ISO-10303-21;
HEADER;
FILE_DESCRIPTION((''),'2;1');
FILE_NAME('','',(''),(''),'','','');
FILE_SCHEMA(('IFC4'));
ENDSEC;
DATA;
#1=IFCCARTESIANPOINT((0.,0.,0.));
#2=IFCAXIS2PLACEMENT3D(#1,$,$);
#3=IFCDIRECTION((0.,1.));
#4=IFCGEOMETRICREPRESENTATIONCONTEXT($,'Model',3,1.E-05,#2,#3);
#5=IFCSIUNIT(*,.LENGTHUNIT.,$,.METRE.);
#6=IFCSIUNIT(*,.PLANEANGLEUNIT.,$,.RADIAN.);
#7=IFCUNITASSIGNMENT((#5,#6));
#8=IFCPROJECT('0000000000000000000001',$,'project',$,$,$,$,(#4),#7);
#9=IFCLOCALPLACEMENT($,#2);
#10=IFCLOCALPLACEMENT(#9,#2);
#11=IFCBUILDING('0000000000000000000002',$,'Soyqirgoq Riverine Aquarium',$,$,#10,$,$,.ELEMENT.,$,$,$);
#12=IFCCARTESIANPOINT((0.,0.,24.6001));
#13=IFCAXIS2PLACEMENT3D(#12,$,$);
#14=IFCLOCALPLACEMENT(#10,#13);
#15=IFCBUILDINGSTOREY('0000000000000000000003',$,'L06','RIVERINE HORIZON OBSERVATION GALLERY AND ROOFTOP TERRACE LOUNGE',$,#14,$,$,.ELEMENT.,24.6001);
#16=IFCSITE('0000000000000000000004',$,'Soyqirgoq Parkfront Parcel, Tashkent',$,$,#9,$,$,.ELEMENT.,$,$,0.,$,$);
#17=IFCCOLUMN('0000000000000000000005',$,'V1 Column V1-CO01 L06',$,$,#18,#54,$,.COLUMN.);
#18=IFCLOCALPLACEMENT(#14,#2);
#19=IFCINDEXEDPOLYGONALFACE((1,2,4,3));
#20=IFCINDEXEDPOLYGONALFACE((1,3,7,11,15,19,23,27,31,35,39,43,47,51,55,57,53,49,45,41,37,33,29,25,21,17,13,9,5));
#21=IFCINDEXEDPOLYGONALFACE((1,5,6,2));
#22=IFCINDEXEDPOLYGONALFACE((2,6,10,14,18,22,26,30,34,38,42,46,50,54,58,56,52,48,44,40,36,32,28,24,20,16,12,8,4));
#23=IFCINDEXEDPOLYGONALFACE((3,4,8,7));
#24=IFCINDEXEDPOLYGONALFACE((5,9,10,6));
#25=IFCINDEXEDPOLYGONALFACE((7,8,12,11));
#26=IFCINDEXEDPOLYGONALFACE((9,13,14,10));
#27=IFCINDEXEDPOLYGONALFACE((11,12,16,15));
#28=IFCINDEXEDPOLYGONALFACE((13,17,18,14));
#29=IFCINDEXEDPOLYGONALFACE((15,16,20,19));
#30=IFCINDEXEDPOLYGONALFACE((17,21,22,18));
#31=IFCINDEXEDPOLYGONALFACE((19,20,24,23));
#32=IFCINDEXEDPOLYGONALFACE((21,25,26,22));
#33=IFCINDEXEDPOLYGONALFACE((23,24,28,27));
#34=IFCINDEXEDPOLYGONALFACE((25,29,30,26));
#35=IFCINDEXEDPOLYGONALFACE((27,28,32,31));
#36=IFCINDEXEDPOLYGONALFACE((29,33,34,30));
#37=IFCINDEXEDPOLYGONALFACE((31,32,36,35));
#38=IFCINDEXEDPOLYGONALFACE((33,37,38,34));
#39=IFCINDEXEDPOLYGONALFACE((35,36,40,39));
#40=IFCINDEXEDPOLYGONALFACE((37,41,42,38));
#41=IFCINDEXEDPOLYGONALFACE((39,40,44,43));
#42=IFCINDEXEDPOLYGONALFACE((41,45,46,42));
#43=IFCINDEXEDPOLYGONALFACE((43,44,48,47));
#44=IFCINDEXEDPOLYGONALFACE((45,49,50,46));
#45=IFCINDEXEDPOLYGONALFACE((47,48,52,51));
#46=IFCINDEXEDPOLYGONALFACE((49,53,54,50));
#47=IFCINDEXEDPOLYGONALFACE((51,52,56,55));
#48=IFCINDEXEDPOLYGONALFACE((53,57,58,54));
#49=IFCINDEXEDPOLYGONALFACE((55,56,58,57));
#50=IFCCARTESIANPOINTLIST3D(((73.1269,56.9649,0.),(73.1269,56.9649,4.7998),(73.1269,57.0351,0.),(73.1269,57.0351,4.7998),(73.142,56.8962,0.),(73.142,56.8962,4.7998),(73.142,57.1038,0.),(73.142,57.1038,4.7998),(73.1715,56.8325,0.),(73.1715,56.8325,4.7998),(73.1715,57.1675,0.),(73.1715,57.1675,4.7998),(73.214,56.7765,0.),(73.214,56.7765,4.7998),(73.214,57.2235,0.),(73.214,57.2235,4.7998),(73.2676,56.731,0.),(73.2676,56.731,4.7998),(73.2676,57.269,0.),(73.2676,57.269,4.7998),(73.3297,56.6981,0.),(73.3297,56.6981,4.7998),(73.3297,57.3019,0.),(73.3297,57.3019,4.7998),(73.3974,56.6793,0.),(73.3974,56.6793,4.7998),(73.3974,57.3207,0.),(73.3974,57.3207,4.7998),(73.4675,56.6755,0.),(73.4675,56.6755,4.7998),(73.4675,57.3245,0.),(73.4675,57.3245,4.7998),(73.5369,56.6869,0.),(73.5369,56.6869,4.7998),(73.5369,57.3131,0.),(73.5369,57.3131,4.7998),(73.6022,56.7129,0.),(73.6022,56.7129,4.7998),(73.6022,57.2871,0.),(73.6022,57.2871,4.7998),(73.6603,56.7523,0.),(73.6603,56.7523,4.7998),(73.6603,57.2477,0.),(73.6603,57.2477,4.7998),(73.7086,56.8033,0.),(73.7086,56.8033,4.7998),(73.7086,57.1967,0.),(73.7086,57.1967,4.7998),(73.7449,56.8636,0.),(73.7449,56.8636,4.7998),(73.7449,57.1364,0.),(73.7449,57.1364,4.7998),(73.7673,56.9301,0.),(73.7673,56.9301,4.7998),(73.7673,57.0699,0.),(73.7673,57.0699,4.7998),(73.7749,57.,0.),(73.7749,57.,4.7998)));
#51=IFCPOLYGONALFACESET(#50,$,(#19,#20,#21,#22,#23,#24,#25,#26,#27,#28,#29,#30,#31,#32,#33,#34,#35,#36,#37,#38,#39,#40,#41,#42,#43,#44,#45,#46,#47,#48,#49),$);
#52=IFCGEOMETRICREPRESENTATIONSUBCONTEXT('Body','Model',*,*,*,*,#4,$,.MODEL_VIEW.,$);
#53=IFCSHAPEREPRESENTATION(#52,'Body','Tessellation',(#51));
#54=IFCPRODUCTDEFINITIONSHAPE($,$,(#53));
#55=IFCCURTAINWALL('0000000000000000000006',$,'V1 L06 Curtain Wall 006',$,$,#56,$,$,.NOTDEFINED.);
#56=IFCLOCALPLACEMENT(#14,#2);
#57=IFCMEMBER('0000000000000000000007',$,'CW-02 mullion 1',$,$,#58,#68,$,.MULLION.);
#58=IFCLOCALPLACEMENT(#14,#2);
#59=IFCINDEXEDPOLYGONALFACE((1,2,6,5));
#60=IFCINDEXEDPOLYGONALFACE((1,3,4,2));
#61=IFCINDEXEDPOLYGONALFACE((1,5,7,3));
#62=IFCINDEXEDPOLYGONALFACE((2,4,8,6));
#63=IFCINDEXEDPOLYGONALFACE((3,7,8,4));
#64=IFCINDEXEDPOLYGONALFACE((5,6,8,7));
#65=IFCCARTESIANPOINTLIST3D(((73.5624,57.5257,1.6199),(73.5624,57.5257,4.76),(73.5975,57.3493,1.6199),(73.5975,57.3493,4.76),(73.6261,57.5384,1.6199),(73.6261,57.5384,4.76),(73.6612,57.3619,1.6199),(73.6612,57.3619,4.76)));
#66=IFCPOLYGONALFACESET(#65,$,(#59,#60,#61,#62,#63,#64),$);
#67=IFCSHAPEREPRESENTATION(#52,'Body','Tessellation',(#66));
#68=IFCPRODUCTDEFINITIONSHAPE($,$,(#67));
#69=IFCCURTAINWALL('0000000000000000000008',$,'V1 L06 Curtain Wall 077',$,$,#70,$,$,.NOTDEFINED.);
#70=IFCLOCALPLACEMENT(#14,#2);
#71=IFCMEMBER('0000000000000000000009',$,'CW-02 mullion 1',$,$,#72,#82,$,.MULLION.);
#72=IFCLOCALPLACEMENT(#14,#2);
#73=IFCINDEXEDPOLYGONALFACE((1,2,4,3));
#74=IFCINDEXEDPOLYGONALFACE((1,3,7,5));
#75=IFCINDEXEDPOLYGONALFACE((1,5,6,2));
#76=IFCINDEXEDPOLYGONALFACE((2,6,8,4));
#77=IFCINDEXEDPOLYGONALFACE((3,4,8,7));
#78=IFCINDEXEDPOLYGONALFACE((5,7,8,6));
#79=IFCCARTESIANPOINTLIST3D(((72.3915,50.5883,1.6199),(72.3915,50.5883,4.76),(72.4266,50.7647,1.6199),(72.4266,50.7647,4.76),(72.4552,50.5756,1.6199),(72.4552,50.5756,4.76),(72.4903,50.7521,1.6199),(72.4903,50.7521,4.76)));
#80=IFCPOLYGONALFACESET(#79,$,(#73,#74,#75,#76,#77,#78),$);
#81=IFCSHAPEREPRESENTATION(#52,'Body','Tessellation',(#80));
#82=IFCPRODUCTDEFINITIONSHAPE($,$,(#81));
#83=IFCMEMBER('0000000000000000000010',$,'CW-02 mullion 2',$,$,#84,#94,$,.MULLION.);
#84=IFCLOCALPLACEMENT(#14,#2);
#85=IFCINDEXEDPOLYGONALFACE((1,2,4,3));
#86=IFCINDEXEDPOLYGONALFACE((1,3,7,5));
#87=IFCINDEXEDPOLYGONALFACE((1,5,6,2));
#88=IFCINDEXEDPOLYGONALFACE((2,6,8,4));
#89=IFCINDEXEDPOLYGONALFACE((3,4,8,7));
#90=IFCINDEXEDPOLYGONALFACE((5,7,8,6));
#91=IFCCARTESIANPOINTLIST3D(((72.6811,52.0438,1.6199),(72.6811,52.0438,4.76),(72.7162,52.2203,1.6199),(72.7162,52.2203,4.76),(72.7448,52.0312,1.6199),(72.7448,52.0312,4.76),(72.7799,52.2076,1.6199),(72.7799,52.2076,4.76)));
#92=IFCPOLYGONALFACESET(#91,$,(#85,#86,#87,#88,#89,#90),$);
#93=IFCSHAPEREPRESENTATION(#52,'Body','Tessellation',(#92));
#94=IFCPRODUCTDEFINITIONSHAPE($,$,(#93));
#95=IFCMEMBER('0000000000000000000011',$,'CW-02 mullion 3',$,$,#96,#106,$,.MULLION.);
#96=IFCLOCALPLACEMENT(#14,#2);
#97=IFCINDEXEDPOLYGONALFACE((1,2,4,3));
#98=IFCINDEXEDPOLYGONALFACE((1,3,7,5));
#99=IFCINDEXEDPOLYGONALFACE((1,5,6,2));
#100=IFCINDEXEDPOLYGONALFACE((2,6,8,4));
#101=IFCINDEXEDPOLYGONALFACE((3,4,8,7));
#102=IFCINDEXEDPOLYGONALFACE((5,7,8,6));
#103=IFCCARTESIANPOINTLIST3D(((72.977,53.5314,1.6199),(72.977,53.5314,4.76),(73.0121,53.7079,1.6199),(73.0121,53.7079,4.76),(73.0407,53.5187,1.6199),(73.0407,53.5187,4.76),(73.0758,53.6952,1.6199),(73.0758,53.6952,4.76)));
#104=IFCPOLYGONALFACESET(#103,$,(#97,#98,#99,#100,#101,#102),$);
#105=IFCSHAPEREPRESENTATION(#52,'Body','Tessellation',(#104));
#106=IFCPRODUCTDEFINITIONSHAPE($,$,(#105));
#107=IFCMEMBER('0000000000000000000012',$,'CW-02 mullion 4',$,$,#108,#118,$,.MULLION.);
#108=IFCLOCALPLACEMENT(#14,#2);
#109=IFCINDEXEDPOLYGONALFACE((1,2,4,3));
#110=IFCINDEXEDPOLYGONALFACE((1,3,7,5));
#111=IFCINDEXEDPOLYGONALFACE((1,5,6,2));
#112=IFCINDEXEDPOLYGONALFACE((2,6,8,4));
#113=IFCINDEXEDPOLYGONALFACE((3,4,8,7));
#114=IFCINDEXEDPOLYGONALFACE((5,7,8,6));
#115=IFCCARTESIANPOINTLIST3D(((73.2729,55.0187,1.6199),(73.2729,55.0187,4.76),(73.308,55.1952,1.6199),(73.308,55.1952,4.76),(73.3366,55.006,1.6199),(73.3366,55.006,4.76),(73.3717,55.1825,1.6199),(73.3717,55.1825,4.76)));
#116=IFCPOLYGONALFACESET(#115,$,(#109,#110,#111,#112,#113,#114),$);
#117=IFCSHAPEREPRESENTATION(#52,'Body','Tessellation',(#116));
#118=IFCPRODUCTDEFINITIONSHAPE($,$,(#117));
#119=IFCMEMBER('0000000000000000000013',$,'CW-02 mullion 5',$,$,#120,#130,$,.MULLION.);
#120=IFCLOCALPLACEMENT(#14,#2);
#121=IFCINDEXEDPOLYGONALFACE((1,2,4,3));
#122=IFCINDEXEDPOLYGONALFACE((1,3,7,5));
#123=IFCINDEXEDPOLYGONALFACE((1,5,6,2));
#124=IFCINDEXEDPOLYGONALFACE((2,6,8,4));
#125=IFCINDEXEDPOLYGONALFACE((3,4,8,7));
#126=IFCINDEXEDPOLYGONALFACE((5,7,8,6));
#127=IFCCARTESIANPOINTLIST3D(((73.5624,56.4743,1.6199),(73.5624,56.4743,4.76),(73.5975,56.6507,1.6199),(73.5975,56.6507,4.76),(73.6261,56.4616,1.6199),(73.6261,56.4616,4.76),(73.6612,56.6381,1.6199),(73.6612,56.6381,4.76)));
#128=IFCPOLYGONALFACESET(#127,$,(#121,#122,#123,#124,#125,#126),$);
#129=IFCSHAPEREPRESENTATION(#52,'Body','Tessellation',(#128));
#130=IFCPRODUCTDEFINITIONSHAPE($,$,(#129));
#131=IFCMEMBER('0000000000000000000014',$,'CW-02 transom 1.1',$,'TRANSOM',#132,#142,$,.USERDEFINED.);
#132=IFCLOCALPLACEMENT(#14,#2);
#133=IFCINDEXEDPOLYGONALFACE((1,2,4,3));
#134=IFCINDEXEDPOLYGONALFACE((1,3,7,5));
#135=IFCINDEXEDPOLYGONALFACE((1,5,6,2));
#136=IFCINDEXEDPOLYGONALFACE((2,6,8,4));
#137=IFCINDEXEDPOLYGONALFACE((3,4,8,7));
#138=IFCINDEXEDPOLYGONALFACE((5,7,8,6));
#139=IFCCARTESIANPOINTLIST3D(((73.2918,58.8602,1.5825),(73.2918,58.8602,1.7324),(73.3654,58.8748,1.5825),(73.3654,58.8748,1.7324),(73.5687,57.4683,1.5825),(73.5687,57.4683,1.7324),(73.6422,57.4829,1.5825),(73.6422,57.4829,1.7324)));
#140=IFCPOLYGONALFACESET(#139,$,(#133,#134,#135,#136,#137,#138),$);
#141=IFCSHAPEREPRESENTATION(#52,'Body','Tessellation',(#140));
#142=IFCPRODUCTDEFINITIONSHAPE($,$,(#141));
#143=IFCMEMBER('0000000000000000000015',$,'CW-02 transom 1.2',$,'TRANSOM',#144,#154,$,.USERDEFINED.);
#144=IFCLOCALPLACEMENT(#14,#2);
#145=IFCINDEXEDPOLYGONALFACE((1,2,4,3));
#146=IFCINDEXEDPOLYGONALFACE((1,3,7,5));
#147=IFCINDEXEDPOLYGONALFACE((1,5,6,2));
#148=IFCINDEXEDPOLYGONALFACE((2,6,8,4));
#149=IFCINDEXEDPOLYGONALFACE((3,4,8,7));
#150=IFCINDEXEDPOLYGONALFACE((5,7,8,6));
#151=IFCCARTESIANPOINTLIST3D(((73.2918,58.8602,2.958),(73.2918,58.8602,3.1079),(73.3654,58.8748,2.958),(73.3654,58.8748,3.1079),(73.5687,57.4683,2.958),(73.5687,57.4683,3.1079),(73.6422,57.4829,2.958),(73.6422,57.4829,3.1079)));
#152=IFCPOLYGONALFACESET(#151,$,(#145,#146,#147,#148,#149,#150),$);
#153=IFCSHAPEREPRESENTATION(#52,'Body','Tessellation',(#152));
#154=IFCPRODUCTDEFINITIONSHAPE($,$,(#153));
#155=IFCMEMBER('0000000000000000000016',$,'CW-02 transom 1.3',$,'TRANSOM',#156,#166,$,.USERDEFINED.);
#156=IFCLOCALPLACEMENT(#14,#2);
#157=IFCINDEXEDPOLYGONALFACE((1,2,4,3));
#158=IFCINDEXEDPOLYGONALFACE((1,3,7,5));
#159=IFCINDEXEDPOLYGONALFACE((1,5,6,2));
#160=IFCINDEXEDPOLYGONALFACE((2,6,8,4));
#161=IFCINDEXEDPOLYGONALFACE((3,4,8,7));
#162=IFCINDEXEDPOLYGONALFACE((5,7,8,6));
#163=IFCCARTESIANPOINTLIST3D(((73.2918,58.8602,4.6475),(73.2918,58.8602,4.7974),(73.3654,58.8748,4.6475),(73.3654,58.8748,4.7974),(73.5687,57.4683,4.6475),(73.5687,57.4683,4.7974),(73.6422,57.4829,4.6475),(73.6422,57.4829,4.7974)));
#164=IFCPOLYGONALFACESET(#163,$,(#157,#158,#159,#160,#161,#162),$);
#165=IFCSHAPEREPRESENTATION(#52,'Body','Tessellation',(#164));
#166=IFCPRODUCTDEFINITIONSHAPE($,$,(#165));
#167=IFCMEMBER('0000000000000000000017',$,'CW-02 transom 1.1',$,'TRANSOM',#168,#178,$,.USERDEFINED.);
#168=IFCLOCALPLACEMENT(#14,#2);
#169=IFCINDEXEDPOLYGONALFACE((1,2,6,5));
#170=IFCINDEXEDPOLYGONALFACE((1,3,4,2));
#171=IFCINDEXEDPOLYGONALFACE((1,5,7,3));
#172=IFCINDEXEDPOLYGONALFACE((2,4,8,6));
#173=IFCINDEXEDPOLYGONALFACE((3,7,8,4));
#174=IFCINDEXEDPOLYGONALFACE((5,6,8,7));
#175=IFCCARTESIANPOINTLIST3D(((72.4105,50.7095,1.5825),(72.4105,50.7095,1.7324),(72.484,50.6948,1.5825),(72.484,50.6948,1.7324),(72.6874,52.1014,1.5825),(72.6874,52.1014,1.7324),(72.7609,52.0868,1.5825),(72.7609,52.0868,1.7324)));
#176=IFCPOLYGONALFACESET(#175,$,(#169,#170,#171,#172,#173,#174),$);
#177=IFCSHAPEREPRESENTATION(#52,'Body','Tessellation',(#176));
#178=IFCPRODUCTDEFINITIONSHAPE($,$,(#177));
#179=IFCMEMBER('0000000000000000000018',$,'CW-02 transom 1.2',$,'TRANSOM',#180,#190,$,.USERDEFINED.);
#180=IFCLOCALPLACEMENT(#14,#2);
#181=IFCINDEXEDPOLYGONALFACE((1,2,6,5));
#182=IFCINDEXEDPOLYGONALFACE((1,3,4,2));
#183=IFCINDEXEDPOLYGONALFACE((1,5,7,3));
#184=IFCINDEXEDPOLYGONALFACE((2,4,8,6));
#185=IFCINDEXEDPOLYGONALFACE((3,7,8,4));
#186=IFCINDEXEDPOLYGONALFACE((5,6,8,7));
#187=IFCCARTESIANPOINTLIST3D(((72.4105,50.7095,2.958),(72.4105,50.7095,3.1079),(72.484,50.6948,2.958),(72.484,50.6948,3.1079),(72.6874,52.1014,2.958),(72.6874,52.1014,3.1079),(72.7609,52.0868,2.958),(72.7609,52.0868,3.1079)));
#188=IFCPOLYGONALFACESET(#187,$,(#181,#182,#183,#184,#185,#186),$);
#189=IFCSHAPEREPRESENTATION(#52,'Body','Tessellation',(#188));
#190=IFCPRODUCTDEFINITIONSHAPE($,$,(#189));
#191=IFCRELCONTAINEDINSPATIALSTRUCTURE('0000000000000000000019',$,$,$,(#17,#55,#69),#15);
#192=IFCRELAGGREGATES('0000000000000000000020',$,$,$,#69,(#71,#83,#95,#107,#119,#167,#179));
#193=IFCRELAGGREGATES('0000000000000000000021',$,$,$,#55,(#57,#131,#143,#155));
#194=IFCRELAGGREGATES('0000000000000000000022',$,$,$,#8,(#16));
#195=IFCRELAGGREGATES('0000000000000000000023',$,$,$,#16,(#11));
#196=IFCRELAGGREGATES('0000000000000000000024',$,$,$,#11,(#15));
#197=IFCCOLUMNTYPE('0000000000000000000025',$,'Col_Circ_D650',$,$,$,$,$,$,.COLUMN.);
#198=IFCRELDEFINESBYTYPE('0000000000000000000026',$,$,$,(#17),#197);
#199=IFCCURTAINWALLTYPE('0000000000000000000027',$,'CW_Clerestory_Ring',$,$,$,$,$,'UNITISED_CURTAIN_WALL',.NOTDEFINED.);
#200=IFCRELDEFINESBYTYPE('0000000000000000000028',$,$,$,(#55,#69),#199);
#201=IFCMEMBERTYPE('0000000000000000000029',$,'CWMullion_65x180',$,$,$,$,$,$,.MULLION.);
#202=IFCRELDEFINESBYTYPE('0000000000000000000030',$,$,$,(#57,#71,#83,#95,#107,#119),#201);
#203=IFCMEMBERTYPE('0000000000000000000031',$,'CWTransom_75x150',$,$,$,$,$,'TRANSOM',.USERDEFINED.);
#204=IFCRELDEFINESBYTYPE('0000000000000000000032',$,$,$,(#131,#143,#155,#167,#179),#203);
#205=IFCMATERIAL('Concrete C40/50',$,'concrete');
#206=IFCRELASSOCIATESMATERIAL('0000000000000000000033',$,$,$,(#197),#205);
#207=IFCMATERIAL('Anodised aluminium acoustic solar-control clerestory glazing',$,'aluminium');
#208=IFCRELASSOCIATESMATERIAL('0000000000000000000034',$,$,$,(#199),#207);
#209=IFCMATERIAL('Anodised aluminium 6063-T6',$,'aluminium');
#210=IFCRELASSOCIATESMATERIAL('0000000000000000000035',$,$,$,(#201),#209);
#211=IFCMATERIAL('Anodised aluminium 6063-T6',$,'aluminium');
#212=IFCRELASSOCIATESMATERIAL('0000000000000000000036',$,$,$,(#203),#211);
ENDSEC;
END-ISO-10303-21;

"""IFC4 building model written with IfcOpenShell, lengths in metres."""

from ifc_helpers import new_model, si_unit, direction, frame, origin, origin_2d, place, context, subcontext, project, spatial, rectangle, circle, extrude, material, material_profile, profile_set, type_object, element, aggregate, save


model = new_model("IFC4")

# Units and contexts
model_context = context("Model", 3, precision=1e-05, world=origin(), true_north=direction((0.0, 1.0)))
body_context = subcontext(model_context, "Body", "Model", "MODEL_VIEW")
ifc_project = project(units=[si_unit("LENGTHUNIT", "METRE"), si_unit("PLANEANGLEUNIT", "RADIAN")], contexts=[model_context])

# Site, building, storey
site_placement = place(None, origin())
site = spatial("IfcSite", under=ifc_project, at=site_placement, Name="Soyqirgoq Parkfront Parcel, Tashkent", CompositionType="ELEMENT", RefElevation=0.0)
building_placement = place(site_placement, origin())
building = spatial("IfcBuilding", under=site, at=building_placement, Name="Soyqirgoq Riverine Aquarium", CompositionType="ELEMENT")
storey_placement = place(building_placement, frame((0.0, 0.0, 24.6001)))
storey = spatial("IfcBuildingStorey", under=building, at=storey_placement, Name="L06", Description="RIVERINE HORIZON OBSERVATION GALLERY AND ROOFTOP TERRACE LOUNGE", CompositionType="ELEMENT", Elevation=24.6001)

# Column
ifc_material_1 = material(Name="Concrete C40/50", Category="concrete")
ifc_material_profile_1 = material_profile(ifc_material_1, circle(Radius=0.325, at=origin_2d()), Name="RC-COL D650")
ifc_profile_set_1 = profile_set([ifc_material_profile_1], Name="Concrete C40/50")
column_type = type_object("IfcColumnType", Name="Col_Circ_D650", PredefinedType="COLUMN", material=ifc_profile_set_1)
column_placement = place(storey_placement, frame((73.45, 57.0, 0.0), z_axis=(0.0, 0.0, 1.0), x_axis=(1.0, 0.0, 0.0)))
element("IfcColumn", 1, at=column_placement, inside=storey, type_object=column_type, Name="V1 Column V1-CO01 L06", PredefinedType="COLUMN", context=body_context, shape_type="SweptSolid", body=[
    extrude(circle(Radius=0.325, at=origin_2d()), origin(), (0.0, 0.0, 1.0), 4.7998),
])

# Curtain wall, member
ifc_material_2 = material(Name="Anodised aluminium acoustic solar-control clerestory glazing", Category="aluminium")
curtain_wall_type = type_object("IfcCurtainWallType", Name="CW_Clerestory_Ring", ElementType="UNITISED_CURTAIN_WALL", PredefinedType="NOTDEFINED", material=ifc_material_2)
curtain_wall_1_placement = place(storey_placement, origin())
curtain_wall_1 = element("IfcCurtainWall", 2, at=curtain_wall_1_placement, inside=storey, type_object=curtain_wall_type, Name="V1 L06 Curtain Wall 006", PredefinedType="NOTDEFINED")
ifc_material_3 = material(Name="Anodised aluminium 6063-T6", Category="aluminium")
ifc_material_profile_2 = material_profile(ifc_material_3, rectangle(XDim=0.0649, YDim=0.1799, at=origin_2d()), Name="ALU-M 65x180")
ifc_profile_set_2 = profile_set([ifc_material_profile_2], Name="Anodised aluminium 6063-T6")
member_type_1 = type_object("IfcMemberType", Name="CWMullion_65x180", PredefinedType="MULLION", material=ifc_profile_set_2)
member_1_placement = place(storey_placement, frame((73.6118, 57.4438, 1.6199), z_axis=(0.0, 0.0, 1.0), x_axis=(-0.980784, -0.195095, 0.0)))
member_1 = element("IfcMember", 3, at=member_1_placement, type_object=member_type_1, Name="CW-02 mullion 1", PredefinedType="MULLION", context=body_context, shape_type="SweptSolid", body=[
    extrude(rectangle(XDim=0.0649, YDim=0.1799, at=origin_2d()), origin(), (0.0, 0.0, 1.0), 3.1401),
])

# Curtain wall, members
curtain_wall_2_placement = place(storey_placement, origin())
curtain_wall_2 = element("IfcCurtainWall", 4, at=curtain_wall_2_placement, inside=storey, type_object=curtain_wall_type, Name="V1 L06 Curtain Wall 077", PredefinedType="NOTDEFINED")
member_2_placement = place(storey_placement, frame((72.4409, 50.6702, 1.6199), z_axis=(0.0, 0.0, 1.0), x_axis=(-0.980784, 0.195095, 0.0)))
member_2 = element("IfcMember", 5, at=member_2_placement, type_object=member_type_1, Name="CW-02 mullion 1", PredefinedType="MULLION", context=body_context, shape_type="SweptSolid", body=[
    extrude(rectangle(XDim=0.0649, YDim=0.1799, at=origin_2d()), origin(), (0.0, 0.0, 1.0), 3.1401),
])
member_3_placement = place(storey_placement, frame((72.7305, 52.1257, 1.6199), z_axis=(0.0, 0.0, 1.0), x_axis=(-0.980784, 0.195095, 0.0)))
member_3 = element("IfcMember", 6, at=member_3_placement, type_object=member_type_1, Name="CW-02 mullion 2", PredefinedType="MULLION", context=body_context, shape_type="SweptSolid", body=[
    extrude(rectangle(XDim=0.0649, YDim=0.1799, at=origin_2d()), origin(), (0.0, 0.0, 1.0), 3.1401),
])
member_4_placement = place(storey_placement, frame((73.0264, 53.6133, 1.6199), z_axis=(0.0, 0.0, 1.0), x_axis=(-0.980784, 0.195095, 0.0)))
member_4 = element("IfcMember", 7, at=member_4_placement, type_object=member_type_1, Name="CW-02 mullion 3", PredefinedType="MULLION", context=body_context, shape_type="SweptSolid", body=[
    extrude(rectangle(XDim=0.0649, YDim=0.1799, at=origin_2d()), origin(), (0.0, 0.0, 1.0), 3.1401),
])
member_5_placement = place(storey_placement, frame((73.3223, 55.1006, 1.6199), z_axis=(0.0, 0.0, 1.0), x_axis=(-0.980784, 0.195095, 0.0)))
member_5 = element("IfcMember", 8, at=member_5_placement, type_object=member_type_1, Name="CW-02 mullion 4", PredefinedType="MULLION", context=body_context, shape_type="SweptSolid", body=[
    extrude(rectangle(XDim=0.0649, YDim=0.1799, at=origin_2d()), origin(), (0.0, 0.0, 1.0), 3.1401),
])
member_6_placement = place(storey_placement, frame((73.6118, 56.5562, 1.6199), z_axis=(0.0, 0.0, 1.0), x_axis=(-0.980784, 0.195095, 0.0)))
member_6 = element("IfcMember", 9, at=member_6_placement, type_object=member_type_1, Name="CW-02 mullion 5", PredefinedType="MULLION", context=body_context, shape_type="SweptSolid", body=[
    extrude(rectangle(XDim=0.0649, YDim=0.1799, at=origin_2d()), origin(), (0.0, 0.0, 1.0), 3.1401),
])

# Members
ifc_material_4 = material(Name="Anodised aluminium 6063-T6", Category="aluminium")
ifc_material_profile_3 = material_profile(ifc_material_4, rectangle(XDim=0.075, YDim=0.1499, at=origin_2d()), Name="ALU-T 75x150")
ifc_profile_set_3 = profile_set([ifc_material_profile_3], Name="Anodised aluminium 6063-T6")
member_type_2 = type_object("IfcMemberType", Name="CWTransom_75x150", ElementType="TRANSOM", PredefinedType="USERDEFINED", material=ifc_profile_set_3)
member_7_placement = place(storey_placement, frame((73.6055, 57.4756, 1.6575), z_axis=(-0.19509, 0.980785, 0.0), x_axis=(-0.980785, -0.19509, 0.0)))
member_7 = element("IfcMember", 10, at=member_7_placement, type_object=member_type_2, Name="CW-02 transom 1.1", ObjectType="TRANSOM", PredefinedType="USERDEFINED", context=body_context, shape_type="SweptSolid", body=[
    extrude(rectangle(XDim=0.075, YDim=0.1499, at=origin_2d()), origin(), (0.0, 0.0, 1.0), 1.4192),
])
member_8_placement = place(storey_placement, frame((73.6055, 57.4756, 3.033), z_axis=(-0.19509, 0.980785, 0.0), x_axis=(-0.980785, -0.19509, 0.0)))
member_8 = element("IfcMember", 11, at=member_8_placement, type_object=member_type_2, Name="CW-02 transom 1.2", ObjectType="TRANSOM", PredefinedType="USERDEFINED", context=body_context, shape_type="SweptSolid", body=[
    extrude(rectangle(XDim=0.075, YDim=0.1499, at=origin_2d()), origin(), (0.0, 0.0, 1.0), 1.4192),
])
member_9_placement = place(storey_placement, frame((73.6055, 57.4756, 4.7224), z_axis=(-0.19509, 0.980785, 0.0), x_axis=(-0.980785, -0.19509, 0.0)))
member_9 = element("IfcMember", 12, at=member_9_placement, type_object=member_type_2, Name="CW-02 transom 1.3", ObjectType="TRANSOM", PredefinedType="USERDEFINED", context=body_context, shape_type="SweptSolid", body=[
    extrude(rectangle(XDim=0.075, YDim=0.1499, at=origin_2d()), origin(), (0.0, 0.0, 1.0), 1.4192),
])
member_10_placement = place(storey_placement, frame((72.4473, 50.7021, 1.6575), z_axis=(0.19509, 0.980785, 0.0), x_axis=(-0.980785, 0.19509, 0.0)))
member_10 = element("IfcMember", 13, at=member_10_placement, type_object=member_type_2, Name="CW-02 transom 1.1", ObjectType="TRANSOM", PredefinedType="USERDEFINED", context=body_context, shape_type="SweptSolid", body=[
    extrude(rectangle(XDim=0.075, YDim=0.1499, at=origin_2d()), origin(), (0.0, 0.0, 1.0), 1.4192),
])
member_11_placement = place(storey_placement, frame((72.4473, 50.7021, 3.033), z_axis=(0.19509, 0.980785, 0.0), x_axis=(-0.980785, 0.19509, 0.0)))
member_11 = element("IfcMember", 14, at=member_11_placement, type_object=member_type_2, Name="CW-02 transom 1.2", ObjectType="TRANSOM", PredefinedType="USERDEFINED", context=body_context, shape_type="SweptSolid", body=[
    extrude(rectangle(XDim=0.075, YDim=0.1499, at=origin_2d()), origin(), (0.0, 0.0, 1.0), 1.4192),
])

aggregate(curtain_wall_2, [member_2, member_3, member_4, member_5, member_6, member_10, member_11])
aggregate(curtain_wall_1, [member_1, member_7, member_8, member_9])

save(model, "model.ifc")
